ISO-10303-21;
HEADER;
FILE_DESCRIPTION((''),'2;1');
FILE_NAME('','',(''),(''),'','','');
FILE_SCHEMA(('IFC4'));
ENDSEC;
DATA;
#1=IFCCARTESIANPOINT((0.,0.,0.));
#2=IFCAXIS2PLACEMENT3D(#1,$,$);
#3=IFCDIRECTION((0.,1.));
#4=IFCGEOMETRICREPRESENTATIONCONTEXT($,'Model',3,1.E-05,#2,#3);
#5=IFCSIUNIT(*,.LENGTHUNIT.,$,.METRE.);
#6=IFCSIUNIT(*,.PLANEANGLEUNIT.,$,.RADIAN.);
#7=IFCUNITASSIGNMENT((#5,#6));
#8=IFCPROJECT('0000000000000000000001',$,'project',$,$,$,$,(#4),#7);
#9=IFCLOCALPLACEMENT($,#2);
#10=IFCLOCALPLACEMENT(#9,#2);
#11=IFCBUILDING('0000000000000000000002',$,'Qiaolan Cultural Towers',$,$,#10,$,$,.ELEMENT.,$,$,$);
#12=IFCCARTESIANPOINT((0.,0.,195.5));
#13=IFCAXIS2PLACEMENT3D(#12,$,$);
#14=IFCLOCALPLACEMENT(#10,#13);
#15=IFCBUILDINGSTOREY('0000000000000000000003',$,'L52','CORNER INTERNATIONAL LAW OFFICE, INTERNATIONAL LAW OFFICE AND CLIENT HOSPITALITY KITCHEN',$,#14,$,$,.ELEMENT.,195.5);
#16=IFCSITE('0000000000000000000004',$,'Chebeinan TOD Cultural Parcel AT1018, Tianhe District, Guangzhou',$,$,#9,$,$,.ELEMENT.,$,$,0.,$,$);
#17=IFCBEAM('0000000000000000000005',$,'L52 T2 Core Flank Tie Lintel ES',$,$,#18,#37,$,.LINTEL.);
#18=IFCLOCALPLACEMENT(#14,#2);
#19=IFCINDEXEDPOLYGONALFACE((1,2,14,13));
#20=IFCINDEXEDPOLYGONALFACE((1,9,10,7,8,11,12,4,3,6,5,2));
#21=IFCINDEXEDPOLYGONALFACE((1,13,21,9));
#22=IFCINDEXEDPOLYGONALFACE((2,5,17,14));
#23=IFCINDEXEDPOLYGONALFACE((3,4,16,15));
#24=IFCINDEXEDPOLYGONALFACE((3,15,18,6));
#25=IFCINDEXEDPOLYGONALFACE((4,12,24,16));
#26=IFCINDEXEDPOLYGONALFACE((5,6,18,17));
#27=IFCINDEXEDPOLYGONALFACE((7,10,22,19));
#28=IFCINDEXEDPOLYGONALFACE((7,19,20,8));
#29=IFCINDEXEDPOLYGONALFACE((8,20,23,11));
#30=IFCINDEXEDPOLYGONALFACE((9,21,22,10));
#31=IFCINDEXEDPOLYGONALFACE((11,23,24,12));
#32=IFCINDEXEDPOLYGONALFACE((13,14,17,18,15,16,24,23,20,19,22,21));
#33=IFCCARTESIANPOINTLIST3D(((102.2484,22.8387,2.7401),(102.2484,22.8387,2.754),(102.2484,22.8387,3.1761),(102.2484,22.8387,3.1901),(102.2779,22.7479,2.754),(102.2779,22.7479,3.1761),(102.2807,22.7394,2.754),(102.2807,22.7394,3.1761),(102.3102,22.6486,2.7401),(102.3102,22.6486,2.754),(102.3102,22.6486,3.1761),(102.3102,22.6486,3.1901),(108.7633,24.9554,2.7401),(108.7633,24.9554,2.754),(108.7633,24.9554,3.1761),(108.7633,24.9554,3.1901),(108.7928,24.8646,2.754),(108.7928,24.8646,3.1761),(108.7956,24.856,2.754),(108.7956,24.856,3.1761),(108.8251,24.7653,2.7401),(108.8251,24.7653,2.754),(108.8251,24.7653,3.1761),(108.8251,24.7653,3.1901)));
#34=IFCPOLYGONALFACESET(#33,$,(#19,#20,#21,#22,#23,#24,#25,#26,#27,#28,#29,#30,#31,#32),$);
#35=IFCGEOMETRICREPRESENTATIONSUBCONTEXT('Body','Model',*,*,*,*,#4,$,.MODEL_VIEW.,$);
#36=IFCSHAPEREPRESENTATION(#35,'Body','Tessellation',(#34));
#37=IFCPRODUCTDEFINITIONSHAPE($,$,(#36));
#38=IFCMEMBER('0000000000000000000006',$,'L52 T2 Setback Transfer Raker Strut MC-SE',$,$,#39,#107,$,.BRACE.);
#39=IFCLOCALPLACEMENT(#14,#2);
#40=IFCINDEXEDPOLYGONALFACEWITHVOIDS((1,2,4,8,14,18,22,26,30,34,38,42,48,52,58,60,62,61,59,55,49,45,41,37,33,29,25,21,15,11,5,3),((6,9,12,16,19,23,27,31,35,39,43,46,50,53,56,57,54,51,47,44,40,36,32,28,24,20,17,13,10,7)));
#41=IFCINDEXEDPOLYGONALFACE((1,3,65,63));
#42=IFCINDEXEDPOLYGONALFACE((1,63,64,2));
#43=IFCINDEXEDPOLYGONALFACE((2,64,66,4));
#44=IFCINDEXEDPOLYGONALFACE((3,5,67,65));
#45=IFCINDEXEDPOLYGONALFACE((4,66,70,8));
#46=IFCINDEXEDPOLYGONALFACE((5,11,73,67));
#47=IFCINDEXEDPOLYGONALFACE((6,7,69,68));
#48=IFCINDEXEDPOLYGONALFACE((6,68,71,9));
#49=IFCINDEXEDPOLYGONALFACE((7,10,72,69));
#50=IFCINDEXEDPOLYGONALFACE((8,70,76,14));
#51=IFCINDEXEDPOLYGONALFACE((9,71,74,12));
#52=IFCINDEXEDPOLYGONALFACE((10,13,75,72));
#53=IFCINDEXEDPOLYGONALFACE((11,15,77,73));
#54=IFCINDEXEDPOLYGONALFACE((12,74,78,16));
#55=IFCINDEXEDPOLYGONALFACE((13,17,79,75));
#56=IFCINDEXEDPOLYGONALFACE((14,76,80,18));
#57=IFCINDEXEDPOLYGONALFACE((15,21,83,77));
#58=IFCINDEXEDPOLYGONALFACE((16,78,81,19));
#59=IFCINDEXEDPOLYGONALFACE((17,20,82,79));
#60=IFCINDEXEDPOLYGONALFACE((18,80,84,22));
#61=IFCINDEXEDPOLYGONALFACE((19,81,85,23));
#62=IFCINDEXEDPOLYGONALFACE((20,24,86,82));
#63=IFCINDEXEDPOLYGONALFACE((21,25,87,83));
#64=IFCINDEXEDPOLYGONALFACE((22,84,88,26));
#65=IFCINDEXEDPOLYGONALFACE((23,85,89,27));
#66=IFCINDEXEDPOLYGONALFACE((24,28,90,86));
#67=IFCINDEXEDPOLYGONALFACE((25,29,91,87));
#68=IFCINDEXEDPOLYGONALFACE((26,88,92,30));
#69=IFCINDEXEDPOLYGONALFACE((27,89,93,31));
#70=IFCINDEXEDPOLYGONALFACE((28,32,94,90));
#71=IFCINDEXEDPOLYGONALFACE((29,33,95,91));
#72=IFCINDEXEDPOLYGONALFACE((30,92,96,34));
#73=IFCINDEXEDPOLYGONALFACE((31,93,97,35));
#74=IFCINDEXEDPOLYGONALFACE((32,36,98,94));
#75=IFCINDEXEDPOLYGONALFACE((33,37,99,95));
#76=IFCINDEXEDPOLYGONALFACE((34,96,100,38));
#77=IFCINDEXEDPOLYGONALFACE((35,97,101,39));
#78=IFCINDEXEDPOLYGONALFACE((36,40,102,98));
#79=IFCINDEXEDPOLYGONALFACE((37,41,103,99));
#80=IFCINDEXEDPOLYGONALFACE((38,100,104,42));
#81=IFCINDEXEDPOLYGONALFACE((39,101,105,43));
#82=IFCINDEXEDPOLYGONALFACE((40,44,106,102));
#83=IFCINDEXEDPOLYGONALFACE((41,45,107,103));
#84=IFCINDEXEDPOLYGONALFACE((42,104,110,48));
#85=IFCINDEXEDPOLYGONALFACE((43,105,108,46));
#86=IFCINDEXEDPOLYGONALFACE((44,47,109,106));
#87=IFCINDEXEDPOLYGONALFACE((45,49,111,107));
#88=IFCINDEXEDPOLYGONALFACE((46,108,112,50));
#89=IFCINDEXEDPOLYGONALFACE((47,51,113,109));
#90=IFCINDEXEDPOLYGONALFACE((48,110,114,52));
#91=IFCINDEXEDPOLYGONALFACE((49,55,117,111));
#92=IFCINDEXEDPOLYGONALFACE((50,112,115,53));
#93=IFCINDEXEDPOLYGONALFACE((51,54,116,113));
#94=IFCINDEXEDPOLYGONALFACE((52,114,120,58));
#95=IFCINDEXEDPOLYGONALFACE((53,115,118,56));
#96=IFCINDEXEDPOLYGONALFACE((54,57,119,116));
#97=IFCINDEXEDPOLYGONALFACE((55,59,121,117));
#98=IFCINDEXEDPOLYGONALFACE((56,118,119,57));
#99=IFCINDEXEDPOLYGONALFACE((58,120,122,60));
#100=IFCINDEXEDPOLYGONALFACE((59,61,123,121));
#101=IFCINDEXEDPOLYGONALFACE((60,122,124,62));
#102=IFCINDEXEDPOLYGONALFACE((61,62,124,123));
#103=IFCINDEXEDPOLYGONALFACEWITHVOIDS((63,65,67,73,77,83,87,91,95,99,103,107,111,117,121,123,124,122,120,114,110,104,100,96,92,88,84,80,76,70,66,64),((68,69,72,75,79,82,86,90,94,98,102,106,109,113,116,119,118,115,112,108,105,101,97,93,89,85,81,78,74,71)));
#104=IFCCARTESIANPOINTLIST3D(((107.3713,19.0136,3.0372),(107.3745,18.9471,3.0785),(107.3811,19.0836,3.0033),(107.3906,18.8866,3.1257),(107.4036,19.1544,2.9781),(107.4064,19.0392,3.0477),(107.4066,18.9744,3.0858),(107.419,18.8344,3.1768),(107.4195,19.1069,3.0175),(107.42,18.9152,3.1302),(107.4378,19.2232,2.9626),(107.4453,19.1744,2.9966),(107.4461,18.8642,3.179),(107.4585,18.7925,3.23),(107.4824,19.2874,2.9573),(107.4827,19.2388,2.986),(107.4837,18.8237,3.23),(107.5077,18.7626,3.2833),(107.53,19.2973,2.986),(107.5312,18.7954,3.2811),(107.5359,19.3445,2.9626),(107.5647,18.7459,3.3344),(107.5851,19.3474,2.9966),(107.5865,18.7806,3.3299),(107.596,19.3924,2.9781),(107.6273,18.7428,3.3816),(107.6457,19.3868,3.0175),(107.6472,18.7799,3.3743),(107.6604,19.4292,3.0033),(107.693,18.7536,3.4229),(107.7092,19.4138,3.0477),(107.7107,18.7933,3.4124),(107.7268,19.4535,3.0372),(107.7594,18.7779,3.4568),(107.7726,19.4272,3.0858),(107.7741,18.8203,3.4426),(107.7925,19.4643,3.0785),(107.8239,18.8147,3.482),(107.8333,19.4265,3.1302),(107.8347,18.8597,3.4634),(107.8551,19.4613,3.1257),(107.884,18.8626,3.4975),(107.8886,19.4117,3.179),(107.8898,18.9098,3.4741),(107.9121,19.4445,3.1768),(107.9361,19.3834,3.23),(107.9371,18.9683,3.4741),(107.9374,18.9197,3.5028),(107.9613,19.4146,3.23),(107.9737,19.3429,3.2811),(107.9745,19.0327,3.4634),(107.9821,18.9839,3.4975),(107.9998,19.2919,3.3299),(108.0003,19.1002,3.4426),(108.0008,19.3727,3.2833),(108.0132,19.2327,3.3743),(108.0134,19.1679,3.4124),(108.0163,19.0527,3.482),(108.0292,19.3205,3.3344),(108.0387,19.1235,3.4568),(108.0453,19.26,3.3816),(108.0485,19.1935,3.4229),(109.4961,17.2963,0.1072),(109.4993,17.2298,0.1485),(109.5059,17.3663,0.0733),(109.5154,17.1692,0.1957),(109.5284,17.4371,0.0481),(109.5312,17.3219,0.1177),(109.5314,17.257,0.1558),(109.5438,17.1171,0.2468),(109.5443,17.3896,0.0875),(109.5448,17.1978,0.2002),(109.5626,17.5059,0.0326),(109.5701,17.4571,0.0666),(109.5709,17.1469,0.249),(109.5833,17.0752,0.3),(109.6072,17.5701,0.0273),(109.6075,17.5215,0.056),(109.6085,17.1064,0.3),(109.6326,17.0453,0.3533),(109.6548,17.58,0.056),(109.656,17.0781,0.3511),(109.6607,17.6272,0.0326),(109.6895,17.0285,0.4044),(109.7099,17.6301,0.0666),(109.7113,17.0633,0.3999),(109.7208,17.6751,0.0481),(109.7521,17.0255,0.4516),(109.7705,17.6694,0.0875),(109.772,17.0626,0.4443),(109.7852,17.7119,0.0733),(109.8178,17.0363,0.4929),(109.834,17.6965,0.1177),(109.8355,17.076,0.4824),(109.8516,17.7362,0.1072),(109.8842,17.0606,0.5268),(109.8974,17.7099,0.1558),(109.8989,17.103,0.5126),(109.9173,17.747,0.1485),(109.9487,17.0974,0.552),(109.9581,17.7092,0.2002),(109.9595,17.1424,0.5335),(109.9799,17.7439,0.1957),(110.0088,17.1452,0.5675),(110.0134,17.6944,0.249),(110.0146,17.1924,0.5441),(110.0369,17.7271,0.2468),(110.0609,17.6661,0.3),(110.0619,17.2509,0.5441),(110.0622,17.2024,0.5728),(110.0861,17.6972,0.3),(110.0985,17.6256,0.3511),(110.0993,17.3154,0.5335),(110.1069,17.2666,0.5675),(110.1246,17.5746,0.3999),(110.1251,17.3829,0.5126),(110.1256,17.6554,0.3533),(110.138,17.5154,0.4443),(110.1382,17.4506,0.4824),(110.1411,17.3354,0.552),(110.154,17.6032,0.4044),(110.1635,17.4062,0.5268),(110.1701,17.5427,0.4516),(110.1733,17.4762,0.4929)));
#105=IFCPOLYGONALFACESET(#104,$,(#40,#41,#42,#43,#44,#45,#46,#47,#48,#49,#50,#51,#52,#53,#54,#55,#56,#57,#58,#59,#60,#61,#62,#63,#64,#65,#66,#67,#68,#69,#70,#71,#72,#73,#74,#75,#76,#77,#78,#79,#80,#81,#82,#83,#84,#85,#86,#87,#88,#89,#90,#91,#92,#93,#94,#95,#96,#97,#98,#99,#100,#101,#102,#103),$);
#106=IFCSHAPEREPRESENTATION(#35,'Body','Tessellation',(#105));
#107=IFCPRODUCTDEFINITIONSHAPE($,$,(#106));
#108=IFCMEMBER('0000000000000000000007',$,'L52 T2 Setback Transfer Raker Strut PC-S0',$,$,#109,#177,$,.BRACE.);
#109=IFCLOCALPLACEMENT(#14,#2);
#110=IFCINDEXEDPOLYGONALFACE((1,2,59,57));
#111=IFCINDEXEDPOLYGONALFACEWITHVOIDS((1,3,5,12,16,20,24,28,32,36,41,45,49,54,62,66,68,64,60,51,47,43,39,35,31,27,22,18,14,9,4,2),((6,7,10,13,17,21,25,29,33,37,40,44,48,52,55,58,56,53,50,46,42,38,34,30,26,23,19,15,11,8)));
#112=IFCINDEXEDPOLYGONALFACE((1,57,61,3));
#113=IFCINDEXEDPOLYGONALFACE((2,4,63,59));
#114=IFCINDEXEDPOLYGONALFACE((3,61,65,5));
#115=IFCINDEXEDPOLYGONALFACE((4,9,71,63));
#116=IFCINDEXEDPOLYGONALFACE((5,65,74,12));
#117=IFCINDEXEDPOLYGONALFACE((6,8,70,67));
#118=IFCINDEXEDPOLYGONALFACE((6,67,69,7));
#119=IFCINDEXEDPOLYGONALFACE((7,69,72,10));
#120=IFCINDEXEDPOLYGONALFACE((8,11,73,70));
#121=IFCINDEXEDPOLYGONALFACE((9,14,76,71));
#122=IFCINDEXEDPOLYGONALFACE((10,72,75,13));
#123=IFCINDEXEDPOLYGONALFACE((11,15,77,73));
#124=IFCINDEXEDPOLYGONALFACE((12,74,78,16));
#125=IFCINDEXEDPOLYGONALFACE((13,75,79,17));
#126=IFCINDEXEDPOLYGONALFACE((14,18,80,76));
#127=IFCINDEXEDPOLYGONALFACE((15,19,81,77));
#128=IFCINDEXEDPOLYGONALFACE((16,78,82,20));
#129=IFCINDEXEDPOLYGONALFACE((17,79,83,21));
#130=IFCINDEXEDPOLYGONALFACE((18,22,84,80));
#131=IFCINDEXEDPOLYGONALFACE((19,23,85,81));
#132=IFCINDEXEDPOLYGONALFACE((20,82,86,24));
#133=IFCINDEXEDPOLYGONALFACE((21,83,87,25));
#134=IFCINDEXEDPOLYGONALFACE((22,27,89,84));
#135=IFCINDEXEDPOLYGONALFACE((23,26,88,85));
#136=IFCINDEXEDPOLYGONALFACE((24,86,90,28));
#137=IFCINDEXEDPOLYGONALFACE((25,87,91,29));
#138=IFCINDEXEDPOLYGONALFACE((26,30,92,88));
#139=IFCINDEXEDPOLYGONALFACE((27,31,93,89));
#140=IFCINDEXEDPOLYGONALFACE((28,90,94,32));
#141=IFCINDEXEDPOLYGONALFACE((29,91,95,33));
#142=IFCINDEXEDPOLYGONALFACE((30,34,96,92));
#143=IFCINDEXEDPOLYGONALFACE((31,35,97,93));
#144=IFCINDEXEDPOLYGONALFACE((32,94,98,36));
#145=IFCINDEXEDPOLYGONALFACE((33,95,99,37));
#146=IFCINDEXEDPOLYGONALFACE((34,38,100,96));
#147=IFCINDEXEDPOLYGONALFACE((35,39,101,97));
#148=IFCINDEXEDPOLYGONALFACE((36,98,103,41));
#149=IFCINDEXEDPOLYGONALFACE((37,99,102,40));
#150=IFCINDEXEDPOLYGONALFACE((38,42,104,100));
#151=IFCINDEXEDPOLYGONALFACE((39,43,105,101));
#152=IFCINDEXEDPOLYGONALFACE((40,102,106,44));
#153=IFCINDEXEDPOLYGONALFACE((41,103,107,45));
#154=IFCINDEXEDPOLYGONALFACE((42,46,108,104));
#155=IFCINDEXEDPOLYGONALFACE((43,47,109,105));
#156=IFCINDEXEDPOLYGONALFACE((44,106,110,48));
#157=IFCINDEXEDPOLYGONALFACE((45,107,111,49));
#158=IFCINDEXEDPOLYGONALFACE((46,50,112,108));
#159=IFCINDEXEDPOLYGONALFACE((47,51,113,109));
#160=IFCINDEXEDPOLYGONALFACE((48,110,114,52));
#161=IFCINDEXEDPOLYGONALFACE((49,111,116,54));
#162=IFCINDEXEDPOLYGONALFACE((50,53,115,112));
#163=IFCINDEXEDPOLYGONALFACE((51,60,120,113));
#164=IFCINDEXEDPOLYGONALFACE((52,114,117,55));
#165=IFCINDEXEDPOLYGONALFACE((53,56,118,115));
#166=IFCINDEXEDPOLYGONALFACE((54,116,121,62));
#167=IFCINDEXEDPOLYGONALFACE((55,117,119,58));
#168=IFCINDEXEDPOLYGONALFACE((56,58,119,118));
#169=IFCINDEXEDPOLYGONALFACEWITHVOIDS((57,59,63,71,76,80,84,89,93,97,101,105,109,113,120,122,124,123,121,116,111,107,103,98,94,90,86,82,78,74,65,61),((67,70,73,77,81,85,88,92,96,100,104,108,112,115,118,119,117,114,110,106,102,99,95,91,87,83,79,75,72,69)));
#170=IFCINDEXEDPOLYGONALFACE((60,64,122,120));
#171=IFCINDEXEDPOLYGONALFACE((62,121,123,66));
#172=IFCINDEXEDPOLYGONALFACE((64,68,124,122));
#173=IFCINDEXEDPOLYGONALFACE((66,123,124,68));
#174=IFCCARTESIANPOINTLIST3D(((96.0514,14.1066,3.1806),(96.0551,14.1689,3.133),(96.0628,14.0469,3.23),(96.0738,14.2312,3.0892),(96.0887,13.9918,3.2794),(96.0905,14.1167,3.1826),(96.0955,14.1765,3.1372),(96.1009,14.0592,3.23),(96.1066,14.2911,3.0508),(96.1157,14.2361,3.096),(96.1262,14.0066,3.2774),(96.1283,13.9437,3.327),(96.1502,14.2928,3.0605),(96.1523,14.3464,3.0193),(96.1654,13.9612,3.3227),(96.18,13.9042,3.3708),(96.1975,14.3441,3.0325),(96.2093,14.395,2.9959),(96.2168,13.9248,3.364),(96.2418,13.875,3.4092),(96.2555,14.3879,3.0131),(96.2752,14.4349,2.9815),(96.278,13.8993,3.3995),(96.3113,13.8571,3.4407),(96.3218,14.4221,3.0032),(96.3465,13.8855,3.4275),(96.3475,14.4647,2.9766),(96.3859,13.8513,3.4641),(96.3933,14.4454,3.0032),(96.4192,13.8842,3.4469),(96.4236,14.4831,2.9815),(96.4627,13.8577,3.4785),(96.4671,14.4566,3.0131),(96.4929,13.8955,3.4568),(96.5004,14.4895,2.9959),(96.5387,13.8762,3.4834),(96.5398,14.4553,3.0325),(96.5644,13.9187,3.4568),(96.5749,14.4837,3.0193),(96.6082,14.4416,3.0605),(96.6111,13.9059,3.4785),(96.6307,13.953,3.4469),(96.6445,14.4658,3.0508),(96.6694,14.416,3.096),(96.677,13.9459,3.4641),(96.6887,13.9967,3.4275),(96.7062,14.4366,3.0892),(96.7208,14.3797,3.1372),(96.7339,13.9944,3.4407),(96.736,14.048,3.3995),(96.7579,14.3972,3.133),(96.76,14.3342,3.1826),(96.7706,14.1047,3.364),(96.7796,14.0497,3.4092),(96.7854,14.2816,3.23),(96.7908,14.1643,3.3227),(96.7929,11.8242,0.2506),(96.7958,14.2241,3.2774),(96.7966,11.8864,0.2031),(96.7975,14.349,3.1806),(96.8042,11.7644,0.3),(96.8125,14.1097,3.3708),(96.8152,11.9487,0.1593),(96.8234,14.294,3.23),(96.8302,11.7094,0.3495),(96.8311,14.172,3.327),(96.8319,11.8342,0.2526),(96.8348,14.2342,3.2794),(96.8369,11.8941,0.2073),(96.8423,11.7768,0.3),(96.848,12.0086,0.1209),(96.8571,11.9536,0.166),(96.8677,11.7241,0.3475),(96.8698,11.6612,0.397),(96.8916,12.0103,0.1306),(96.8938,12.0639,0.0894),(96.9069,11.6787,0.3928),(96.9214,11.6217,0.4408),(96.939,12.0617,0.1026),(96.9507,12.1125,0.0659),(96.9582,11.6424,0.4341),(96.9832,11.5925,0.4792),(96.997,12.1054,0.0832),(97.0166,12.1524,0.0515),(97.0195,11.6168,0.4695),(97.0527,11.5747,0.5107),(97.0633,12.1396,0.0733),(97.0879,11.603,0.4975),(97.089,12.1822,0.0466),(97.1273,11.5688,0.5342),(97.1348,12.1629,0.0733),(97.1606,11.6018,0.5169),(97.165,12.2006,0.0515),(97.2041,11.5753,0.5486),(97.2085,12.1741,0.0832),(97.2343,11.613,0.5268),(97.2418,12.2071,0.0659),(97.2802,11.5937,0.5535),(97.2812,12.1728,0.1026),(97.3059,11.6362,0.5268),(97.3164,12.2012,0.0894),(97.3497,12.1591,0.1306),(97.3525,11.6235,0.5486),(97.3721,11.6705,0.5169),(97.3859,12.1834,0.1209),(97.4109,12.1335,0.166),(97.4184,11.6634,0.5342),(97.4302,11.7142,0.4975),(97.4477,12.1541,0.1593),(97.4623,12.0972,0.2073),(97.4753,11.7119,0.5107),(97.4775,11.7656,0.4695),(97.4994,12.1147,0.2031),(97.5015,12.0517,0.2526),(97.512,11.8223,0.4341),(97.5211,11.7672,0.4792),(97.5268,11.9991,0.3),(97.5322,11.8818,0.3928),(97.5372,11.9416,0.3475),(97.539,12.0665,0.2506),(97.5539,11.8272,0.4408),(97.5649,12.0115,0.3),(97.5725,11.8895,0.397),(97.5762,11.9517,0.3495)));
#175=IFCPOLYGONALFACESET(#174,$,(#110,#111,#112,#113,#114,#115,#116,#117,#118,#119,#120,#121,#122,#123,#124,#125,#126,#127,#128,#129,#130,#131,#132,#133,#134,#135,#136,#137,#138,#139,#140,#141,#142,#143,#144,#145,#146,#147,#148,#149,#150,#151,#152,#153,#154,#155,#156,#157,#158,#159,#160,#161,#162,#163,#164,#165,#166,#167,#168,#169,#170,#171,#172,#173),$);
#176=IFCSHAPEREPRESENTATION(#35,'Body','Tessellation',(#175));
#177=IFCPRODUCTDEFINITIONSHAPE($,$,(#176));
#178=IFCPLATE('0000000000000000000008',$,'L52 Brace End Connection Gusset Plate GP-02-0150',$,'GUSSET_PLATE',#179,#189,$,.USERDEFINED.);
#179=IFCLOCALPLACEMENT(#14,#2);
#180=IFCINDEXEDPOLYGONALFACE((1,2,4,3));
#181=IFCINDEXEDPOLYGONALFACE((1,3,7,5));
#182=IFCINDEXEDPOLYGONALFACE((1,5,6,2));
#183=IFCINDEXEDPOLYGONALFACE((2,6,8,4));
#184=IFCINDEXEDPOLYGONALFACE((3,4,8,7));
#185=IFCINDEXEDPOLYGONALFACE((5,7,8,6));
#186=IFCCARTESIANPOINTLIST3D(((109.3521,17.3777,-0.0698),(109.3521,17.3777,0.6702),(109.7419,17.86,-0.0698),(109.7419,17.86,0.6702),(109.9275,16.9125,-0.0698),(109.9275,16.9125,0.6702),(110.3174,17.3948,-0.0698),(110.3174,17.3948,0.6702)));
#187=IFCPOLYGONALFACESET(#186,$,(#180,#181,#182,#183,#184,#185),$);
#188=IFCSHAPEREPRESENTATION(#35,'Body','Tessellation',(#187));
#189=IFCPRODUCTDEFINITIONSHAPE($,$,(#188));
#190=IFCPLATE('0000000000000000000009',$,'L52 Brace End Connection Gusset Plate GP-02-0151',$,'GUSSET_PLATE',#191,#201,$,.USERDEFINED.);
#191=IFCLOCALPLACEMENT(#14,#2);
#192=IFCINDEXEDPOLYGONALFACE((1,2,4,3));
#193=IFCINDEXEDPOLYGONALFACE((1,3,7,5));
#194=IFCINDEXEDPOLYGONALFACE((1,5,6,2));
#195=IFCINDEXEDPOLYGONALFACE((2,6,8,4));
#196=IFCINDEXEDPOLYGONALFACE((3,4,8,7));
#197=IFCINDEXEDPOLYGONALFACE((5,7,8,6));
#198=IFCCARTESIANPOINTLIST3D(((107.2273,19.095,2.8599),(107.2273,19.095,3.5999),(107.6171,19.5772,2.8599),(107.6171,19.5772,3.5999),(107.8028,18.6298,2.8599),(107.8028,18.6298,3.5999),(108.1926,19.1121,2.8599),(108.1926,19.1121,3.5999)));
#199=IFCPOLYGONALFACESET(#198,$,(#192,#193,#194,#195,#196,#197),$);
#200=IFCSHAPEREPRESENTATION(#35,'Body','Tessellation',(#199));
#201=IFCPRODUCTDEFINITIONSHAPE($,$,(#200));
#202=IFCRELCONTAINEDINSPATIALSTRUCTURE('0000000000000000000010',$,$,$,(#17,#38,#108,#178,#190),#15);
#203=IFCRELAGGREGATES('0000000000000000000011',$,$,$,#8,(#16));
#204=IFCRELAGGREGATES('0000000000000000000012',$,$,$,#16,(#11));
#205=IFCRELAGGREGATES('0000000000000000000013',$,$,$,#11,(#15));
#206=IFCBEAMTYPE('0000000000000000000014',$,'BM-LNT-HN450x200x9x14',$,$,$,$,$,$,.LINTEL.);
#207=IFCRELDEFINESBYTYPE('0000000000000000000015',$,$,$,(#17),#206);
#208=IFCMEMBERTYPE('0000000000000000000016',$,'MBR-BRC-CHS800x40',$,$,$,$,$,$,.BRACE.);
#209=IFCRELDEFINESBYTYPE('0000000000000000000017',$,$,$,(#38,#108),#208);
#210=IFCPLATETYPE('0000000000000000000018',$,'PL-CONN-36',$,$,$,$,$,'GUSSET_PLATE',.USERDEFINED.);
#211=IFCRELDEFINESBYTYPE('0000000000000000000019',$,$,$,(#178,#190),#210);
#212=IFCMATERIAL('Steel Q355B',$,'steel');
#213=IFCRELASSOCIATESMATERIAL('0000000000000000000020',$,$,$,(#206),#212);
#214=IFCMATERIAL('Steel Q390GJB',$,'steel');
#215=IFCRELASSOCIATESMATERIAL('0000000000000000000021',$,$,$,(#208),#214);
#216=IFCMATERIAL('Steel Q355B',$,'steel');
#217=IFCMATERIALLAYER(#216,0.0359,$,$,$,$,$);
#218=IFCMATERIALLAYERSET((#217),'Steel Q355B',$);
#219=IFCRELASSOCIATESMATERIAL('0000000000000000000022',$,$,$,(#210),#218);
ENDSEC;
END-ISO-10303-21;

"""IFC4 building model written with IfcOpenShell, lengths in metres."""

from ifc_helpers import new_model, si_unit, direction, frame, origin, origin_2d, place, context, subcontext, project, spatial, rectangle, hollow_circle, i_section, extrude, material, layer, layer_set, material_profile, profile_set, type_object, element, save


model = new_model("IFC4")

# Units and contexts
model_context = context("Model", 3, precision=1e-05, world=origin(), true_north=direction((0.0, 1.0)))
body_context = subcontext(model_context, "Body", "Model", "MODEL_VIEW")
ifc_project = project(units=[si_unit("LENGTHUNIT", "METRE"), si_unit("PLANEANGLEUNIT", "RADIAN")], contexts=[model_context])

# Site, building, storey
site_placement = place(None, origin())
site = spatial("IfcSite", under=ifc_project, at=site_placement, Name="Chebeinan TOD Cultural Parcel AT1018, Tianhe District, Guangzhou", CompositionType="ELEMENT", RefElevation=0.0)
building_placement = place(site_placement, origin())
building = spatial("IfcBuilding", under=site, at=building_placement, Name="Qiaolan Cultural Towers", CompositionType="ELEMENT")
storey_placement = place(building_placement, frame((0.0, 0.0, 195.5)))
storey = spatial("IfcBuildingStorey", under=building, at=storey_placement, Name="L52", Description="CORNER INTERNATIONAL LAW OFFICE, INTERNATIONAL LAW OFFICE AND CLIENT HOSPITALITY KITCHEN", CompositionType="ELEMENT", Elevation=195.5)

# Beam
ifc_material_1 = material(Name="Steel Q355B", Category="steel")
ifc_material_profile_1 = material_profile(ifc_material_1, i_section(OverallWidth=0.2, OverallDepth=0.45, WebThickness=0.009, FlangeThickness=0.0139, at=origin_2d()), Name="HN450x200x9x14")
ifc_profile_set_1 = profile_set([ifc_material_profile_1], Name="Steel Q355B")
beam_type_1 = type_object("IfcBeamType", Name="BM-LNT-HN450x200x9x14", PredefinedType="LINTEL", material=ifc_profile_set_1)
beam_1_placement = place(storey_placement, frame((102.2793, 22.7437, 2.9651), z_axis=(0.951062, 0.309001, 0.0), x_axis=(-0.309001, 0.951062, 0.0)))
element("IfcBeam", 1, at=beam_1_placement, inside=storey, type_object=beam_type_1, Name="L52 T2 Core Flank Tie Lintel ES", PredefinedType="LINTEL", context=body_context, shape_type="SweptSolid", body=[
    extrude(i_section(OverallWidth=0.2, OverallDepth=0.45, WebThickness=0.009, FlangeThickness=0.0139, at=origin_2d()), origin(), (0.0, 0.0, 1.0), 6.8501),
])

# Members
ifc_material_2 = material(Name="Steel Q390GJB", Category="steel")
ifc_material_profile_2 = material_profile(ifc_material_2, hollow_circle(Radius=0.3999, WallThickness=0.04, at=origin_2d()), Name="CHS800x40")
ifc_profile_set_2 = profile_set([ifc_material_profile_2], Name="Steel Q390GJB")
member_type = type_object("IfcMemberType", Name="MBR-BRC-CHS800x40", PredefinedType="BRACE", material=ifc_profile_set_2)
member_1_placement = place(storey_placement, frame((109.8347, 17.3862, 0.3), z_axis=(-0.530391, 0.428677, 0.731383), x_axis=(-0.628589, -0.777738, 0.0)))
element("IfcMember", 2, at=member_1_placement, inside=storey, type_object=member_type, Name="L52 T2 Setback Transfer Raker Strut MC-SE", PredefinedType="BRACE", context=body_context, shape_type="SweptSolid", body=[
    extrude(hollow_circle(Radius=0.3999, WallThickness=0.04, at=origin_2d()), origin(), (0.0, 0.0, 1.0), 4.0061),
])
member_2_placement = place(storey_placement, frame((97.1846, 11.8879, 0.3), z_axis=(-0.195772, 0.602658, 0.773612), x_axis=(-0.951077, -0.308955, 0.0)))
element("IfcMember", 3, at=member_2_placement, inside=storey, type_object=member_type, Name="L52 T2 Setback Transfer Raker Strut PC-S0", PredefinedType="BRACE", context=body_context, shape_type="SweptSolid", body=[
    extrude(hollow_circle(Radius=0.3999, WallThickness=0.04, at=origin_2d()), origin(), (0.0, 0.0, 1.0), 3.7874),
])

# Plates
ifc_material_3 = material(Name="Steel Q355B", Category="steel")
ifc_layer_1 = layer(ifc_material_3, 0.0359)
ifc_layer_set_1 = layer_set([ifc_layer_1], Name="Steel Q355B")
plate_type_1 = type_object("IfcPlateType", Name="PL-CONN-36", ElementType="GUSSET_PLATE", PredefinedType="USERDEFINED", material=ifc_layer_set_1)
for number, where, z_axis, x_axis, name in (
    (4, (109.8347, 17.3862, -0.0698), (0.0, 0.0, 1.0), (-0.777698, 0.628639, 0.0), "L52 Brace End Connection Gusset Plate GP-02-0150"),
    (5, (107.71, 19.1035, 2.8599), (0.0, 0.0, 1.0), (-0.777698, 0.628639, 0.0), "L52 Brace End Connection Gusset Plate GP-02-0151"),
):
    element("IfcPlate", number, at=place(storey_placement, frame(where, z_axis=z_axis, x_axis=x_axis)), inside=storey, type_object=plate_type_1, Name=name, ObjectType="GUSSET_PLATE", PredefinedType="USERDEFINED", context=body_context, shape_type="SweptSolid", body=[
        extrude(rectangle(XDim=0.74, YDim=0.6201, at=origin_2d()), origin(), (0.0, 0.0, 1.0), 0.74),
    ])

save(model, "model.ifc")
